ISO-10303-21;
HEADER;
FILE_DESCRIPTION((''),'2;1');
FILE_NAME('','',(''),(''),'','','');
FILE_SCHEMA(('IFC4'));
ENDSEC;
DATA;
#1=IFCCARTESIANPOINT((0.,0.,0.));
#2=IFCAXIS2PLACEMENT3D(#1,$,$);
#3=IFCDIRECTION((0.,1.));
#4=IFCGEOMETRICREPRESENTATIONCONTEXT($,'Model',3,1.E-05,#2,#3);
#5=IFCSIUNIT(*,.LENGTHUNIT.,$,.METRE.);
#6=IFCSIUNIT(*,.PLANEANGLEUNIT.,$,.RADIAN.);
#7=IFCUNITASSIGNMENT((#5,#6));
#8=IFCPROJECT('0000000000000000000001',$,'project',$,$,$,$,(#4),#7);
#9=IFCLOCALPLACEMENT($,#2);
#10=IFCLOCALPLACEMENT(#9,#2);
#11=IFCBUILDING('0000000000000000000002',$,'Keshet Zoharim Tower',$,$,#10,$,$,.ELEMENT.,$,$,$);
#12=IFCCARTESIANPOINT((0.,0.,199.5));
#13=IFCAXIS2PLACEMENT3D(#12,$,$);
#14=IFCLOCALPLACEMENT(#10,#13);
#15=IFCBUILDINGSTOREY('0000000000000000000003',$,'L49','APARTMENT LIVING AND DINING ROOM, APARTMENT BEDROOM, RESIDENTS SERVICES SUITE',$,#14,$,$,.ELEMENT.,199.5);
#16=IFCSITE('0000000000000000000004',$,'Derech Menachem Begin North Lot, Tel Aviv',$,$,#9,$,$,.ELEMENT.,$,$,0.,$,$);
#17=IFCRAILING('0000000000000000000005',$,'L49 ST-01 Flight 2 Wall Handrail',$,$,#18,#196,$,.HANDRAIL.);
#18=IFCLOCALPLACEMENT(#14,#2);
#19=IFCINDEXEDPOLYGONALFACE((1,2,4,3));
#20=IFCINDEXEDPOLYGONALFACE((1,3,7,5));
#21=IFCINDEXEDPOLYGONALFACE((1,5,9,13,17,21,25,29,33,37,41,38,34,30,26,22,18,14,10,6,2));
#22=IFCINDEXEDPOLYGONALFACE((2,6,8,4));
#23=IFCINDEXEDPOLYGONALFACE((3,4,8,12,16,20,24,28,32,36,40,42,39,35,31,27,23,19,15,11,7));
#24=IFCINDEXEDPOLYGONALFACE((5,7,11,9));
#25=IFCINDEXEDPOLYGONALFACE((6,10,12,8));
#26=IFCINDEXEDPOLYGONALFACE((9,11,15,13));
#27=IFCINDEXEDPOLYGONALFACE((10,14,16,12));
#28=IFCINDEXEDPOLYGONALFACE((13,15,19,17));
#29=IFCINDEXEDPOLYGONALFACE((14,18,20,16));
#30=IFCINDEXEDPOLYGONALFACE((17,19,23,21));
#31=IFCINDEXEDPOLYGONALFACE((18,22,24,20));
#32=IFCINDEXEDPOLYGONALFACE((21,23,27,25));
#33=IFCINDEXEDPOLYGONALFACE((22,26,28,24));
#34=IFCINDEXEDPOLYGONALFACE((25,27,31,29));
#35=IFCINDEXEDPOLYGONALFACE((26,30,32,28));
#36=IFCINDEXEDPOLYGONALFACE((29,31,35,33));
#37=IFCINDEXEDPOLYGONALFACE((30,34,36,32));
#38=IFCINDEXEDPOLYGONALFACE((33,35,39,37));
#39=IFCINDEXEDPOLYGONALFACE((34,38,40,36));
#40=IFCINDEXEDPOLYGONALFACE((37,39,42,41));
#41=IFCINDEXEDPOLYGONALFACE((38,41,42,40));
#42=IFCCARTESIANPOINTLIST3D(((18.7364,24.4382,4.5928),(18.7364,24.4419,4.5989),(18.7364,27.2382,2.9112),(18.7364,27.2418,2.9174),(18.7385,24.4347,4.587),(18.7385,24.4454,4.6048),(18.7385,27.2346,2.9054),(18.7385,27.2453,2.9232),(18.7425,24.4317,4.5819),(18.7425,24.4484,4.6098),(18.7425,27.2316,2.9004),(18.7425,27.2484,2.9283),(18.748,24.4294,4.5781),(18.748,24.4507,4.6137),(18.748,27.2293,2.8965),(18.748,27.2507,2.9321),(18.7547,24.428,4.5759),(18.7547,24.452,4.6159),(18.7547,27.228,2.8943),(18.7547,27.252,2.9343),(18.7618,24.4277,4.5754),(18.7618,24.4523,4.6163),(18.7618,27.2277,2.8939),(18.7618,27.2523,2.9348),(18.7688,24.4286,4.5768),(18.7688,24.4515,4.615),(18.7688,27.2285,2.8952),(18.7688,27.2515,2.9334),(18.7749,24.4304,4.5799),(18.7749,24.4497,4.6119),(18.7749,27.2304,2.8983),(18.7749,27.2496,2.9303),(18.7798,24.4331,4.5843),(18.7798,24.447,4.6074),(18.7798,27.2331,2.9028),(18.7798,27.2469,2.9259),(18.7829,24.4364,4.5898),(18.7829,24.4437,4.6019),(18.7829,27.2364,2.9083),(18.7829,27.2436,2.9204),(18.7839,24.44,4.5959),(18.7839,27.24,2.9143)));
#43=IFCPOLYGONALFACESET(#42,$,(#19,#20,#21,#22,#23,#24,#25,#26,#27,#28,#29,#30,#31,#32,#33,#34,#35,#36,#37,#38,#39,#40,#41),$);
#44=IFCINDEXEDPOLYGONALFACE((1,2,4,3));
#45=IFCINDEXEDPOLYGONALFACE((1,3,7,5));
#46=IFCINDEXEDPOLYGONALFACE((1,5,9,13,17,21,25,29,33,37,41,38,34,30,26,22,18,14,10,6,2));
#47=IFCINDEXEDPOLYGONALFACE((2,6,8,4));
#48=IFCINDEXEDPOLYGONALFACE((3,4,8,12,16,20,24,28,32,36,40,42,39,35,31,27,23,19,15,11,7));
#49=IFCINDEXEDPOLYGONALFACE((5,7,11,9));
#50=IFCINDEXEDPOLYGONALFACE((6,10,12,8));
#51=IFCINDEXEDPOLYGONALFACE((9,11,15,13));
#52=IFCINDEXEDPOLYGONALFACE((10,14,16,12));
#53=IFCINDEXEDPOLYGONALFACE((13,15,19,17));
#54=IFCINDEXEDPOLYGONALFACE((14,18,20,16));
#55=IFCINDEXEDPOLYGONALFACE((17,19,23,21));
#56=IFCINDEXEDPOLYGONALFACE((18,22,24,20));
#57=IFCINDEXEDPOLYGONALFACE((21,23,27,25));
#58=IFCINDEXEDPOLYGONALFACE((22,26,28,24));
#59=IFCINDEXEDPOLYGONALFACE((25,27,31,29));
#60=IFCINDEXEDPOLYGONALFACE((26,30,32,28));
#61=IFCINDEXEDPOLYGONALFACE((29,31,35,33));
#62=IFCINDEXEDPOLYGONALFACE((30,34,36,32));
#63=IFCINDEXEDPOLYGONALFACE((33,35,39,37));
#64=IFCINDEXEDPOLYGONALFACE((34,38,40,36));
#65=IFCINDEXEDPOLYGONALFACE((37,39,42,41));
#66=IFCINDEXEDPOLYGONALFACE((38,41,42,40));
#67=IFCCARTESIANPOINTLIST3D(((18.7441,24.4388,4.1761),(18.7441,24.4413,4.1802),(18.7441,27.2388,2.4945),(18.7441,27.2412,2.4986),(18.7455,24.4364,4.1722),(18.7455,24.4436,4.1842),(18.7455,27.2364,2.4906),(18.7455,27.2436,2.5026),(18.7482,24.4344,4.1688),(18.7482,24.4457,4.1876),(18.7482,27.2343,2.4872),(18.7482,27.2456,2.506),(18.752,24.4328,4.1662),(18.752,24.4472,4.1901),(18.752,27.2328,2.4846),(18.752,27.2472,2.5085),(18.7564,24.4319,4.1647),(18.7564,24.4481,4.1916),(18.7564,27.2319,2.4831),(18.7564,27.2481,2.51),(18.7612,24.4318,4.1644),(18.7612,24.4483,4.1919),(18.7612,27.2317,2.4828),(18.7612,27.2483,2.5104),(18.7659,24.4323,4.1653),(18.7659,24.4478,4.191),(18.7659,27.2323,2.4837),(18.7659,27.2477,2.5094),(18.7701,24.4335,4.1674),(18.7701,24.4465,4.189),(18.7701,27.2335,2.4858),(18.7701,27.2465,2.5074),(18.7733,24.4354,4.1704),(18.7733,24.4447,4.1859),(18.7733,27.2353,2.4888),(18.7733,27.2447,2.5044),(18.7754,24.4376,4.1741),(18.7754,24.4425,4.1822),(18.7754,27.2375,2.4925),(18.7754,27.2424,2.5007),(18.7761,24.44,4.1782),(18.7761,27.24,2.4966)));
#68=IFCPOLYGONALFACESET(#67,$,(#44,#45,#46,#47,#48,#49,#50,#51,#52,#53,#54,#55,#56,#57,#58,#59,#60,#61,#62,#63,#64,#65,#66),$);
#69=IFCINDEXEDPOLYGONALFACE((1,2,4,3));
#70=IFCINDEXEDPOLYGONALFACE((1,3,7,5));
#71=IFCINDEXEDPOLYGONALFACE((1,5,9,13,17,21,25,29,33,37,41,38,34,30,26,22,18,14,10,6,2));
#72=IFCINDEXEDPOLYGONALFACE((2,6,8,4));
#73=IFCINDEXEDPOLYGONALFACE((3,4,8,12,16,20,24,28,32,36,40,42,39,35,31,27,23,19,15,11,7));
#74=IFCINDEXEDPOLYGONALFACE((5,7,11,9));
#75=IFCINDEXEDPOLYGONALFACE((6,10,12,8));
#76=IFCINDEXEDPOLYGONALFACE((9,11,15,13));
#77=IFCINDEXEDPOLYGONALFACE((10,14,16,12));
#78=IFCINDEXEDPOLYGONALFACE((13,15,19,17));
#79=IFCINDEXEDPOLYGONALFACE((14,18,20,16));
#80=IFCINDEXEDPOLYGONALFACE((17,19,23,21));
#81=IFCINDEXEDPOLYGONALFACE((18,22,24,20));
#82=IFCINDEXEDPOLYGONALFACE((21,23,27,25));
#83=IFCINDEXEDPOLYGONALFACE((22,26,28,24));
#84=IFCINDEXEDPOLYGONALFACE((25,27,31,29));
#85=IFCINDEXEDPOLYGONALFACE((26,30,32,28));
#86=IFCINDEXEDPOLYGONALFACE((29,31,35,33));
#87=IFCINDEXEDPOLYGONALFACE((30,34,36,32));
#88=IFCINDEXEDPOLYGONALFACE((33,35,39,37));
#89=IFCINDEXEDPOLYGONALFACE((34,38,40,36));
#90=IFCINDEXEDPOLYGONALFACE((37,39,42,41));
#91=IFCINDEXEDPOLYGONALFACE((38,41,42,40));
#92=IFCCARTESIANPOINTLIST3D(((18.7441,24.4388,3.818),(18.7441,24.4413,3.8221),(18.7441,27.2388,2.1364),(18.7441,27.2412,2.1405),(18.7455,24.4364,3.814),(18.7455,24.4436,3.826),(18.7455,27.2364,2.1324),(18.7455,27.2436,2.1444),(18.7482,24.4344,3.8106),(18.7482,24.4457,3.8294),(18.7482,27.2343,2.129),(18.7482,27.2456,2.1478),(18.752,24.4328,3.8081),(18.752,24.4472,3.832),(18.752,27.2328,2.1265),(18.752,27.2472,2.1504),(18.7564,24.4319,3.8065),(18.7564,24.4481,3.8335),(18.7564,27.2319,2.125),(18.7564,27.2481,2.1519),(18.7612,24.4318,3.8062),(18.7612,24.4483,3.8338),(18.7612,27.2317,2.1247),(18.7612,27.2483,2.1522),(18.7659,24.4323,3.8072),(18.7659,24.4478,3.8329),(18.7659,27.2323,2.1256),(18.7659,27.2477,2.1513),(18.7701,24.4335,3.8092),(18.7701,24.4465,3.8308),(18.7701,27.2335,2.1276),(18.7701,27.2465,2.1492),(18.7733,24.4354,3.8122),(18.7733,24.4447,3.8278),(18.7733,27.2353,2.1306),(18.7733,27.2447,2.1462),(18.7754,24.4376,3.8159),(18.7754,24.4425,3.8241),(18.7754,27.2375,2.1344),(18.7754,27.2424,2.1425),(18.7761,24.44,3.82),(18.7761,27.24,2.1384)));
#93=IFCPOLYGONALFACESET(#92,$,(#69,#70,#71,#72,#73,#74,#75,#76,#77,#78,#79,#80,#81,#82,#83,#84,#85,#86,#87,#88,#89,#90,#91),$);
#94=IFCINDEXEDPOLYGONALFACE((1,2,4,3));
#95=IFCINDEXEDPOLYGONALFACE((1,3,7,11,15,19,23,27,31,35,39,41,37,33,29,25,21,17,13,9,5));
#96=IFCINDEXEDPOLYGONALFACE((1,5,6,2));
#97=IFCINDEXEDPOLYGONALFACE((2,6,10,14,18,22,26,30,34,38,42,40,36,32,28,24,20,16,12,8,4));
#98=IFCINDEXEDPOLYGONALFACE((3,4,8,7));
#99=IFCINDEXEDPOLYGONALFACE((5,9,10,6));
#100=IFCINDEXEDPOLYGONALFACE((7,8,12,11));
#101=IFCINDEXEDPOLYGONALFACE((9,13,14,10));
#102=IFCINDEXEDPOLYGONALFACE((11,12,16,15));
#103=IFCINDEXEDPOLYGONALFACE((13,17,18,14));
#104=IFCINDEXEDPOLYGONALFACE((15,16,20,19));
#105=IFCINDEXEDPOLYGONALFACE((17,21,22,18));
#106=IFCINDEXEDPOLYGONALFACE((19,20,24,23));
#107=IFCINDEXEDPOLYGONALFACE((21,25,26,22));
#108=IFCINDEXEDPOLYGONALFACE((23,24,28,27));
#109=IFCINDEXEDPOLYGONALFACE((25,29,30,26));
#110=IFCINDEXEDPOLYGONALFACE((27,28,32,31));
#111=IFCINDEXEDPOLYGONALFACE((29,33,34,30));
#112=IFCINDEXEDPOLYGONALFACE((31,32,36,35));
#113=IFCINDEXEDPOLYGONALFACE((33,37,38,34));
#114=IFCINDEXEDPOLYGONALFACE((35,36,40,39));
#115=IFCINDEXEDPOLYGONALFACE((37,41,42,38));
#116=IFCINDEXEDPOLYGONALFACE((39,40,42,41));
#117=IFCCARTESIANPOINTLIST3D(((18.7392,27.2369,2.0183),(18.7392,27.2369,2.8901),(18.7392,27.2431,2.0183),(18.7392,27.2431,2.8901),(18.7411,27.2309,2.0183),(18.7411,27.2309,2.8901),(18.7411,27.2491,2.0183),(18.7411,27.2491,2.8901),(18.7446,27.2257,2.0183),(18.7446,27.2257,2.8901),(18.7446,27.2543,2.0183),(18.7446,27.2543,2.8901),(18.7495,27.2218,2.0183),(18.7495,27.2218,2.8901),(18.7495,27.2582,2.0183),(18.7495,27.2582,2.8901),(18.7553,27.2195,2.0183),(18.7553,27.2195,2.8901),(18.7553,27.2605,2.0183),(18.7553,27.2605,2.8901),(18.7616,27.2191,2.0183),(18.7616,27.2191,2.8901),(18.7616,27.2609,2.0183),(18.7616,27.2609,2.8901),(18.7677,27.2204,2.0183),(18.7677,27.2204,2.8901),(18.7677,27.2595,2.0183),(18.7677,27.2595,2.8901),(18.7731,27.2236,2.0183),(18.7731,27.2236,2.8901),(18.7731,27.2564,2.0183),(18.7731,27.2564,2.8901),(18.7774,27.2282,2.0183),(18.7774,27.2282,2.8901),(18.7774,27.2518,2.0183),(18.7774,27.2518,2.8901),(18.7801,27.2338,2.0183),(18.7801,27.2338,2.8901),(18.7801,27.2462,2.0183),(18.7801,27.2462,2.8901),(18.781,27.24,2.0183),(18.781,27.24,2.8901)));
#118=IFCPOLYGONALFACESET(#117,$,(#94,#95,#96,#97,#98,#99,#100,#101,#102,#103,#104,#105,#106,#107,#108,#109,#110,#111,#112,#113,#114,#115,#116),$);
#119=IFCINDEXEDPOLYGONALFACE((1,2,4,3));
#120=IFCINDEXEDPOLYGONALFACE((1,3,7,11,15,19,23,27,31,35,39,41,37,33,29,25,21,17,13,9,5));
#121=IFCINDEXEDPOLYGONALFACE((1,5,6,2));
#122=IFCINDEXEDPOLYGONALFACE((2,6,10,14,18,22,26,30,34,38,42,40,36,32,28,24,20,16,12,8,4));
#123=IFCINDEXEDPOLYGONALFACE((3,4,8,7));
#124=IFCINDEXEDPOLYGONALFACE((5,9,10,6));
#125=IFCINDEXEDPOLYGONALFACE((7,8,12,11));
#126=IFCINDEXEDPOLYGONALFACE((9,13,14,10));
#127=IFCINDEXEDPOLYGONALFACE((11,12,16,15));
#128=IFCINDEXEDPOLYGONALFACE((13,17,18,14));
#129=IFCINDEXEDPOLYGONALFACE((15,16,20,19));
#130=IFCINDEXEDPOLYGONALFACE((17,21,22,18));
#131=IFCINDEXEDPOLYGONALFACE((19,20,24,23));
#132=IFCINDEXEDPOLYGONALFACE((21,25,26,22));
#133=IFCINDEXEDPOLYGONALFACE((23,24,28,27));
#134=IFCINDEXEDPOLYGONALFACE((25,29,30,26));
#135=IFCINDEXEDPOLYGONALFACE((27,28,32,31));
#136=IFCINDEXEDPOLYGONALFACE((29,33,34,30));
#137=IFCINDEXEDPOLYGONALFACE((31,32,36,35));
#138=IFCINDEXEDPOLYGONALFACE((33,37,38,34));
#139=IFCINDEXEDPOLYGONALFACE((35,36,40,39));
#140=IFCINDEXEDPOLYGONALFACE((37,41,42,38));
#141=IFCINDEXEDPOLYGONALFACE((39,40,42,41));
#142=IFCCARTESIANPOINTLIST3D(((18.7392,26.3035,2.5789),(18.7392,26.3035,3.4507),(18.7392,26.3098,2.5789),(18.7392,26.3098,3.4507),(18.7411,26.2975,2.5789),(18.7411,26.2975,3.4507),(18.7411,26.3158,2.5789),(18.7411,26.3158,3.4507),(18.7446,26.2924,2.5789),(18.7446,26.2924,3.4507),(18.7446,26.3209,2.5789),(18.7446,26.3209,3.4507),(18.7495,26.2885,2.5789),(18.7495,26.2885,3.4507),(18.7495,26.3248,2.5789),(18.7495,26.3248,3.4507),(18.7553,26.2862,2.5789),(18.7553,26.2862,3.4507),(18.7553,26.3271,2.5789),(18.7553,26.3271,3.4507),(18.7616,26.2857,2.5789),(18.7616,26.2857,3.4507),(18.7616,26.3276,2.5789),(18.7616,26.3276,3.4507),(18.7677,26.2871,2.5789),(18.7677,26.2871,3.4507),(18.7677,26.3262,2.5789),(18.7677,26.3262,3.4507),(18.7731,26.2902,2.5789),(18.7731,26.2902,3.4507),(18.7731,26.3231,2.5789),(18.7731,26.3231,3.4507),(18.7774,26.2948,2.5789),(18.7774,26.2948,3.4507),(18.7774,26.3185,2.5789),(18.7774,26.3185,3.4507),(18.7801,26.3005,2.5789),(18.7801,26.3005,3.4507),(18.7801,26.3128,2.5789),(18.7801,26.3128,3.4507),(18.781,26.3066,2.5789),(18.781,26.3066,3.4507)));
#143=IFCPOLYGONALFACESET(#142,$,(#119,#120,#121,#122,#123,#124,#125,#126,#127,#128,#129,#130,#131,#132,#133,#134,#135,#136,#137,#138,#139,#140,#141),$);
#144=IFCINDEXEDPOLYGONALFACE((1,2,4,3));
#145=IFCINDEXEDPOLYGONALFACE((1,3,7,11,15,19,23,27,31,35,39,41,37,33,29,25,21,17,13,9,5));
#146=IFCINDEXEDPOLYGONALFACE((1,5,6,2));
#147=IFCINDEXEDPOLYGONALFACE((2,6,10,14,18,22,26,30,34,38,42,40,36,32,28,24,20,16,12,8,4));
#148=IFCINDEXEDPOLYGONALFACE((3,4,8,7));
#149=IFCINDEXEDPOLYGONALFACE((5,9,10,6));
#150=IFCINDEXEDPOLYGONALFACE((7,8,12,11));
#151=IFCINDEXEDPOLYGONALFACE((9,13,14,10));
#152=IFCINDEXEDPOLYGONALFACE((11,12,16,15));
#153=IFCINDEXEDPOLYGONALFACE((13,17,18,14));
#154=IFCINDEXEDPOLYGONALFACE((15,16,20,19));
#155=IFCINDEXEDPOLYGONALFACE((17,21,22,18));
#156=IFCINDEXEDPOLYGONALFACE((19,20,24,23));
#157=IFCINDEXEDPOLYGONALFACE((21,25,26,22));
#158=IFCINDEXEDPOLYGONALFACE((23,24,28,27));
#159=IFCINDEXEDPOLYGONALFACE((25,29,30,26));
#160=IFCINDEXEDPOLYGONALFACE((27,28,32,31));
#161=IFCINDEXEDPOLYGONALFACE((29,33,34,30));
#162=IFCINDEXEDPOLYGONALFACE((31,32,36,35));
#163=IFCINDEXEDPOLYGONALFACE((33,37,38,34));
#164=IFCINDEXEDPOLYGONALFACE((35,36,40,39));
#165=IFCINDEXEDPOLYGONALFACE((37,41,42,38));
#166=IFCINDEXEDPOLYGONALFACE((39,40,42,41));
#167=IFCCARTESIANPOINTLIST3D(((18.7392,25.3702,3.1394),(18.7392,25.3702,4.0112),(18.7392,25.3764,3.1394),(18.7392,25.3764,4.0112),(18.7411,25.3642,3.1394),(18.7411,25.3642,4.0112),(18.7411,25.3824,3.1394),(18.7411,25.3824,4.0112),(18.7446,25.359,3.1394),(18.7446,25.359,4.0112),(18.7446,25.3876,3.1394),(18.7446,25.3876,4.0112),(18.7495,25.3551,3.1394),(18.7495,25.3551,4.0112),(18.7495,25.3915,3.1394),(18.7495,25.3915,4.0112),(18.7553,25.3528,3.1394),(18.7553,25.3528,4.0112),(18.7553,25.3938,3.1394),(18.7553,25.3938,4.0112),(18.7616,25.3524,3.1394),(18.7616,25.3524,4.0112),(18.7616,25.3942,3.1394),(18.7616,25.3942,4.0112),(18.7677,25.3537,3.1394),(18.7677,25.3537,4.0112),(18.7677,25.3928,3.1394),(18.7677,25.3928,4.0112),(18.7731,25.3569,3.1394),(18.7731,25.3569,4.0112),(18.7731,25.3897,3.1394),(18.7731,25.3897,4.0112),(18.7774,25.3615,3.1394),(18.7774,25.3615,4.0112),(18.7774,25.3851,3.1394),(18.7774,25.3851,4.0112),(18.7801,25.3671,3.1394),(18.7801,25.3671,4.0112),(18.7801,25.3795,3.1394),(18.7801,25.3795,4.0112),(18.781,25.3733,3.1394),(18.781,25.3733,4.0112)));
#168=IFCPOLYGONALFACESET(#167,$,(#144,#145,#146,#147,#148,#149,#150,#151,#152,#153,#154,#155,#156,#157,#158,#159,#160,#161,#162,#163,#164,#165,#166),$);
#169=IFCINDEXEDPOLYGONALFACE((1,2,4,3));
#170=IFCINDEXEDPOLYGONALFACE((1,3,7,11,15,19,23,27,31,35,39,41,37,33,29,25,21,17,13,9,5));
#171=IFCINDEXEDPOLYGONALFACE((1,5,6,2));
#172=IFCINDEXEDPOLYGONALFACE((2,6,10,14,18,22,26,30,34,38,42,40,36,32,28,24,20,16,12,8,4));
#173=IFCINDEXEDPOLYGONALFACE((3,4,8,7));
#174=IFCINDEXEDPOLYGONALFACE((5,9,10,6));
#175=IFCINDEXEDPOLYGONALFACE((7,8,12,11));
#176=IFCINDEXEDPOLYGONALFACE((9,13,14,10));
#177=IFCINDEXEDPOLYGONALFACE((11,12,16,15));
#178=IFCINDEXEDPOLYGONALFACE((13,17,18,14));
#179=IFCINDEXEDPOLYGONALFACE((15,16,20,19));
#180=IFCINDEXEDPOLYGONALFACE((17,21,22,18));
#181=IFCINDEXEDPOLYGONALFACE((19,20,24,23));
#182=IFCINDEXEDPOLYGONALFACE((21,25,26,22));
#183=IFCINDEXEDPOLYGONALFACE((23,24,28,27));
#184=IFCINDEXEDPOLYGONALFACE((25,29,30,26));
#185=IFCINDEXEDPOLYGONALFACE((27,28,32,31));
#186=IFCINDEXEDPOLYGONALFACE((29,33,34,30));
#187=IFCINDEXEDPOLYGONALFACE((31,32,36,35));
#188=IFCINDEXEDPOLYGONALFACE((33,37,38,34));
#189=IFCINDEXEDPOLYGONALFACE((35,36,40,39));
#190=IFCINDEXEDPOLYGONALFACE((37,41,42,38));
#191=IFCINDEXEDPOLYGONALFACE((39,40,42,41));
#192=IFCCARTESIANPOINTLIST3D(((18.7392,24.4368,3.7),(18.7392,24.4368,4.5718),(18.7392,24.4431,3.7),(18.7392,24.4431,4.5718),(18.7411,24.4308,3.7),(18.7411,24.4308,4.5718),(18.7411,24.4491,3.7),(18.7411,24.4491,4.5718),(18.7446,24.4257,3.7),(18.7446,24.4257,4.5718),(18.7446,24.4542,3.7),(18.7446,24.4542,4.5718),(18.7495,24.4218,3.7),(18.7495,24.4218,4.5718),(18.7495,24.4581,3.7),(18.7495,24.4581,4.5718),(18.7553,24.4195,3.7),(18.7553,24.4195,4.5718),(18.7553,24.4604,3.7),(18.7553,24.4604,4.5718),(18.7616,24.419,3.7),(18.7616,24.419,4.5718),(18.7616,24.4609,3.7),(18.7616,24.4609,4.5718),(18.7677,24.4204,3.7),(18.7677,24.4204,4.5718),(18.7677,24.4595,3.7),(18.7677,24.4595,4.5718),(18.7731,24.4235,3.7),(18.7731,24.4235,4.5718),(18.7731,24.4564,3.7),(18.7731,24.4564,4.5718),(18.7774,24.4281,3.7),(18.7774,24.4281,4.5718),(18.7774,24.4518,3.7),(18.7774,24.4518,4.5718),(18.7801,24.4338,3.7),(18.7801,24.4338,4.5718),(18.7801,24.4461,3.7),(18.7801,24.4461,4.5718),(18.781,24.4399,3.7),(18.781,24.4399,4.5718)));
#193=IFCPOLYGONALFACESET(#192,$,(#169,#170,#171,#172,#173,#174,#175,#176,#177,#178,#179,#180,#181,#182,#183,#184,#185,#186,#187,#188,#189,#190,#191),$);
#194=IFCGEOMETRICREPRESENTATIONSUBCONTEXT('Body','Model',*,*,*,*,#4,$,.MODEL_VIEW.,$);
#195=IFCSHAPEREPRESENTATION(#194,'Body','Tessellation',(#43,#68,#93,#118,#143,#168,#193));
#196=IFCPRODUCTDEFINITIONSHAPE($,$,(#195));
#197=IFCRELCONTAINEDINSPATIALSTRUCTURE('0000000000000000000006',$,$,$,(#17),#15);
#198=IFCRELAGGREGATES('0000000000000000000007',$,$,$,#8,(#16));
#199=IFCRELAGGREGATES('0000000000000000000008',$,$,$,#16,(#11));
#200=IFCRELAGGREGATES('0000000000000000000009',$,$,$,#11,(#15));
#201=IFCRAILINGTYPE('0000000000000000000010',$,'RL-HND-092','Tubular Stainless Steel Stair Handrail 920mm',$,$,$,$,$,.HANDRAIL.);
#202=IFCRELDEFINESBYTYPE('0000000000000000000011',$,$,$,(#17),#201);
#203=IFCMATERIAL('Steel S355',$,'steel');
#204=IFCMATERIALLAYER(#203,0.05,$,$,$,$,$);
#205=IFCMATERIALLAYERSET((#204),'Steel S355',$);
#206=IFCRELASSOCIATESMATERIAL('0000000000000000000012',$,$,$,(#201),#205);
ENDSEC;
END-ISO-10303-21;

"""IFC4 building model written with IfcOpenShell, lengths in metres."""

from ifc_helpers import new_model, si_unit, direction, frame, origin, origin_2d, place, context, subcontext, project, spatial, circle, extrude, material, layer, layer_set, type_object, element, save


model = new_model("IFC4")

# Units and contexts
model_context = context("Model", 3, precision=1e-05, world=origin(), true_north=direction((0.0, 1.0)))
body_context = subcontext(model_context, "Body", "Model", "MODEL_VIEW")
ifc_project = project(units=[si_unit("LENGTHUNIT", "METRE"), si_unit("PLANEANGLEUNIT", "RADIAN")], contexts=[model_context])

# Site, building, storey
site_placement = place(None, origin())
site = spatial("IfcSite", under=ifc_project, at=site_placement, Name="Derech Menachem Begin North Lot, Tel Aviv", CompositionType="ELEMENT", RefElevation=0.0)
building_placement = place(site_placement, origin())
building = spatial("IfcBuilding", under=site, at=building_placement, Name="Keshet Zoharim Tower", CompositionType="ELEMENT")
storey_placement = place(building_placement, frame((0.0, 0.0, 199.5)))
storey = spatial("IfcBuildingStorey", under=building, at=storey_placement, Name="L49", Description="APARTMENT LIVING AND DINING ROOM, APARTMENT BEDROOM, RESIDENTS SERVICES SUITE", CompositionType="ELEMENT", Elevation=199.5)

# Shared definitions
ifc_material_1 = material(Name="Steel S355", Category="steel")

# Railing
ifc_layer_1 = layer(ifc_material_1, 0.05)
ifc_layer_set_1 = layer_set([ifc_layer_1], Name="Steel S355")
railing_type_1 = type_object("IfcRailingType", Name="RL-HND-092", Description="Tubular Stainless Steel Stair Handrail 920mm", PredefinedType="HANDRAIL", material=ifc_layer_set_1)
railing_1_placement = place(storey_placement, frame((18.76, 27.24, 2.0183)))
element("IfcRailing", 1, at=railing_1_placement, inside=storey, type_object=railing_type_1, Name="L49 ST-01 Flight 2 Wall Handrail", PredefinedType="HANDRAIL", context=body_context, shape_type="SweptSolid", body=[
    extrude(circle(Radius=0.0239, at=origin_2d()), frame((0.0, 0.0, 0.896), z_axis=(0.0, -0.857275, 0.514858), x_axis=(1.0, 0.0, 0.0)), (0.0, 0.0, 1.0), 3.2661),
    extrude(circle(Radius=0.0161, at=origin_2d()), frame((0.0, 0.0, 0.4783), z_axis=(0.0, -0.857275, 0.514858), x_axis=(1.0, 0.0, 0.0)), (0.0, 0.0, 1.0), 3.2661),
    extrude(circle(Radius=0.0161, at=origin_2d()), frame((0.0, 0.0, 0.1201), z_axis=(0.0, -0.857275, 0.514858), x_axis=(1.0, 0.0, 0.0)), (0.0, 0.0, 1.0), 3.2661),
    extrude(circle(Radius=0.021, at=origin_2d()), origin(), (0.0, 0.0, 1.0), 0.8718),
    extrude(circle(Radius=0.021, at=origin_2d()), frame((0.0, -0.9333, 0.5605)), (0.0, 0.0, 1.0), 0.8718),
    extrude(circle(Radius=0.021, at=origin_2d()), frame((0.0, -1.8667, 1.1211)), (0.0, 0.0, 1.0), 0.8718),
    extrude(circle(Radius=0.021, at=origin_2d()), frame((0.0, -2.8, 1.6816)), (0.0, 0.0, 1.0), 0.8718),
])

save(model, "model.ifc")
